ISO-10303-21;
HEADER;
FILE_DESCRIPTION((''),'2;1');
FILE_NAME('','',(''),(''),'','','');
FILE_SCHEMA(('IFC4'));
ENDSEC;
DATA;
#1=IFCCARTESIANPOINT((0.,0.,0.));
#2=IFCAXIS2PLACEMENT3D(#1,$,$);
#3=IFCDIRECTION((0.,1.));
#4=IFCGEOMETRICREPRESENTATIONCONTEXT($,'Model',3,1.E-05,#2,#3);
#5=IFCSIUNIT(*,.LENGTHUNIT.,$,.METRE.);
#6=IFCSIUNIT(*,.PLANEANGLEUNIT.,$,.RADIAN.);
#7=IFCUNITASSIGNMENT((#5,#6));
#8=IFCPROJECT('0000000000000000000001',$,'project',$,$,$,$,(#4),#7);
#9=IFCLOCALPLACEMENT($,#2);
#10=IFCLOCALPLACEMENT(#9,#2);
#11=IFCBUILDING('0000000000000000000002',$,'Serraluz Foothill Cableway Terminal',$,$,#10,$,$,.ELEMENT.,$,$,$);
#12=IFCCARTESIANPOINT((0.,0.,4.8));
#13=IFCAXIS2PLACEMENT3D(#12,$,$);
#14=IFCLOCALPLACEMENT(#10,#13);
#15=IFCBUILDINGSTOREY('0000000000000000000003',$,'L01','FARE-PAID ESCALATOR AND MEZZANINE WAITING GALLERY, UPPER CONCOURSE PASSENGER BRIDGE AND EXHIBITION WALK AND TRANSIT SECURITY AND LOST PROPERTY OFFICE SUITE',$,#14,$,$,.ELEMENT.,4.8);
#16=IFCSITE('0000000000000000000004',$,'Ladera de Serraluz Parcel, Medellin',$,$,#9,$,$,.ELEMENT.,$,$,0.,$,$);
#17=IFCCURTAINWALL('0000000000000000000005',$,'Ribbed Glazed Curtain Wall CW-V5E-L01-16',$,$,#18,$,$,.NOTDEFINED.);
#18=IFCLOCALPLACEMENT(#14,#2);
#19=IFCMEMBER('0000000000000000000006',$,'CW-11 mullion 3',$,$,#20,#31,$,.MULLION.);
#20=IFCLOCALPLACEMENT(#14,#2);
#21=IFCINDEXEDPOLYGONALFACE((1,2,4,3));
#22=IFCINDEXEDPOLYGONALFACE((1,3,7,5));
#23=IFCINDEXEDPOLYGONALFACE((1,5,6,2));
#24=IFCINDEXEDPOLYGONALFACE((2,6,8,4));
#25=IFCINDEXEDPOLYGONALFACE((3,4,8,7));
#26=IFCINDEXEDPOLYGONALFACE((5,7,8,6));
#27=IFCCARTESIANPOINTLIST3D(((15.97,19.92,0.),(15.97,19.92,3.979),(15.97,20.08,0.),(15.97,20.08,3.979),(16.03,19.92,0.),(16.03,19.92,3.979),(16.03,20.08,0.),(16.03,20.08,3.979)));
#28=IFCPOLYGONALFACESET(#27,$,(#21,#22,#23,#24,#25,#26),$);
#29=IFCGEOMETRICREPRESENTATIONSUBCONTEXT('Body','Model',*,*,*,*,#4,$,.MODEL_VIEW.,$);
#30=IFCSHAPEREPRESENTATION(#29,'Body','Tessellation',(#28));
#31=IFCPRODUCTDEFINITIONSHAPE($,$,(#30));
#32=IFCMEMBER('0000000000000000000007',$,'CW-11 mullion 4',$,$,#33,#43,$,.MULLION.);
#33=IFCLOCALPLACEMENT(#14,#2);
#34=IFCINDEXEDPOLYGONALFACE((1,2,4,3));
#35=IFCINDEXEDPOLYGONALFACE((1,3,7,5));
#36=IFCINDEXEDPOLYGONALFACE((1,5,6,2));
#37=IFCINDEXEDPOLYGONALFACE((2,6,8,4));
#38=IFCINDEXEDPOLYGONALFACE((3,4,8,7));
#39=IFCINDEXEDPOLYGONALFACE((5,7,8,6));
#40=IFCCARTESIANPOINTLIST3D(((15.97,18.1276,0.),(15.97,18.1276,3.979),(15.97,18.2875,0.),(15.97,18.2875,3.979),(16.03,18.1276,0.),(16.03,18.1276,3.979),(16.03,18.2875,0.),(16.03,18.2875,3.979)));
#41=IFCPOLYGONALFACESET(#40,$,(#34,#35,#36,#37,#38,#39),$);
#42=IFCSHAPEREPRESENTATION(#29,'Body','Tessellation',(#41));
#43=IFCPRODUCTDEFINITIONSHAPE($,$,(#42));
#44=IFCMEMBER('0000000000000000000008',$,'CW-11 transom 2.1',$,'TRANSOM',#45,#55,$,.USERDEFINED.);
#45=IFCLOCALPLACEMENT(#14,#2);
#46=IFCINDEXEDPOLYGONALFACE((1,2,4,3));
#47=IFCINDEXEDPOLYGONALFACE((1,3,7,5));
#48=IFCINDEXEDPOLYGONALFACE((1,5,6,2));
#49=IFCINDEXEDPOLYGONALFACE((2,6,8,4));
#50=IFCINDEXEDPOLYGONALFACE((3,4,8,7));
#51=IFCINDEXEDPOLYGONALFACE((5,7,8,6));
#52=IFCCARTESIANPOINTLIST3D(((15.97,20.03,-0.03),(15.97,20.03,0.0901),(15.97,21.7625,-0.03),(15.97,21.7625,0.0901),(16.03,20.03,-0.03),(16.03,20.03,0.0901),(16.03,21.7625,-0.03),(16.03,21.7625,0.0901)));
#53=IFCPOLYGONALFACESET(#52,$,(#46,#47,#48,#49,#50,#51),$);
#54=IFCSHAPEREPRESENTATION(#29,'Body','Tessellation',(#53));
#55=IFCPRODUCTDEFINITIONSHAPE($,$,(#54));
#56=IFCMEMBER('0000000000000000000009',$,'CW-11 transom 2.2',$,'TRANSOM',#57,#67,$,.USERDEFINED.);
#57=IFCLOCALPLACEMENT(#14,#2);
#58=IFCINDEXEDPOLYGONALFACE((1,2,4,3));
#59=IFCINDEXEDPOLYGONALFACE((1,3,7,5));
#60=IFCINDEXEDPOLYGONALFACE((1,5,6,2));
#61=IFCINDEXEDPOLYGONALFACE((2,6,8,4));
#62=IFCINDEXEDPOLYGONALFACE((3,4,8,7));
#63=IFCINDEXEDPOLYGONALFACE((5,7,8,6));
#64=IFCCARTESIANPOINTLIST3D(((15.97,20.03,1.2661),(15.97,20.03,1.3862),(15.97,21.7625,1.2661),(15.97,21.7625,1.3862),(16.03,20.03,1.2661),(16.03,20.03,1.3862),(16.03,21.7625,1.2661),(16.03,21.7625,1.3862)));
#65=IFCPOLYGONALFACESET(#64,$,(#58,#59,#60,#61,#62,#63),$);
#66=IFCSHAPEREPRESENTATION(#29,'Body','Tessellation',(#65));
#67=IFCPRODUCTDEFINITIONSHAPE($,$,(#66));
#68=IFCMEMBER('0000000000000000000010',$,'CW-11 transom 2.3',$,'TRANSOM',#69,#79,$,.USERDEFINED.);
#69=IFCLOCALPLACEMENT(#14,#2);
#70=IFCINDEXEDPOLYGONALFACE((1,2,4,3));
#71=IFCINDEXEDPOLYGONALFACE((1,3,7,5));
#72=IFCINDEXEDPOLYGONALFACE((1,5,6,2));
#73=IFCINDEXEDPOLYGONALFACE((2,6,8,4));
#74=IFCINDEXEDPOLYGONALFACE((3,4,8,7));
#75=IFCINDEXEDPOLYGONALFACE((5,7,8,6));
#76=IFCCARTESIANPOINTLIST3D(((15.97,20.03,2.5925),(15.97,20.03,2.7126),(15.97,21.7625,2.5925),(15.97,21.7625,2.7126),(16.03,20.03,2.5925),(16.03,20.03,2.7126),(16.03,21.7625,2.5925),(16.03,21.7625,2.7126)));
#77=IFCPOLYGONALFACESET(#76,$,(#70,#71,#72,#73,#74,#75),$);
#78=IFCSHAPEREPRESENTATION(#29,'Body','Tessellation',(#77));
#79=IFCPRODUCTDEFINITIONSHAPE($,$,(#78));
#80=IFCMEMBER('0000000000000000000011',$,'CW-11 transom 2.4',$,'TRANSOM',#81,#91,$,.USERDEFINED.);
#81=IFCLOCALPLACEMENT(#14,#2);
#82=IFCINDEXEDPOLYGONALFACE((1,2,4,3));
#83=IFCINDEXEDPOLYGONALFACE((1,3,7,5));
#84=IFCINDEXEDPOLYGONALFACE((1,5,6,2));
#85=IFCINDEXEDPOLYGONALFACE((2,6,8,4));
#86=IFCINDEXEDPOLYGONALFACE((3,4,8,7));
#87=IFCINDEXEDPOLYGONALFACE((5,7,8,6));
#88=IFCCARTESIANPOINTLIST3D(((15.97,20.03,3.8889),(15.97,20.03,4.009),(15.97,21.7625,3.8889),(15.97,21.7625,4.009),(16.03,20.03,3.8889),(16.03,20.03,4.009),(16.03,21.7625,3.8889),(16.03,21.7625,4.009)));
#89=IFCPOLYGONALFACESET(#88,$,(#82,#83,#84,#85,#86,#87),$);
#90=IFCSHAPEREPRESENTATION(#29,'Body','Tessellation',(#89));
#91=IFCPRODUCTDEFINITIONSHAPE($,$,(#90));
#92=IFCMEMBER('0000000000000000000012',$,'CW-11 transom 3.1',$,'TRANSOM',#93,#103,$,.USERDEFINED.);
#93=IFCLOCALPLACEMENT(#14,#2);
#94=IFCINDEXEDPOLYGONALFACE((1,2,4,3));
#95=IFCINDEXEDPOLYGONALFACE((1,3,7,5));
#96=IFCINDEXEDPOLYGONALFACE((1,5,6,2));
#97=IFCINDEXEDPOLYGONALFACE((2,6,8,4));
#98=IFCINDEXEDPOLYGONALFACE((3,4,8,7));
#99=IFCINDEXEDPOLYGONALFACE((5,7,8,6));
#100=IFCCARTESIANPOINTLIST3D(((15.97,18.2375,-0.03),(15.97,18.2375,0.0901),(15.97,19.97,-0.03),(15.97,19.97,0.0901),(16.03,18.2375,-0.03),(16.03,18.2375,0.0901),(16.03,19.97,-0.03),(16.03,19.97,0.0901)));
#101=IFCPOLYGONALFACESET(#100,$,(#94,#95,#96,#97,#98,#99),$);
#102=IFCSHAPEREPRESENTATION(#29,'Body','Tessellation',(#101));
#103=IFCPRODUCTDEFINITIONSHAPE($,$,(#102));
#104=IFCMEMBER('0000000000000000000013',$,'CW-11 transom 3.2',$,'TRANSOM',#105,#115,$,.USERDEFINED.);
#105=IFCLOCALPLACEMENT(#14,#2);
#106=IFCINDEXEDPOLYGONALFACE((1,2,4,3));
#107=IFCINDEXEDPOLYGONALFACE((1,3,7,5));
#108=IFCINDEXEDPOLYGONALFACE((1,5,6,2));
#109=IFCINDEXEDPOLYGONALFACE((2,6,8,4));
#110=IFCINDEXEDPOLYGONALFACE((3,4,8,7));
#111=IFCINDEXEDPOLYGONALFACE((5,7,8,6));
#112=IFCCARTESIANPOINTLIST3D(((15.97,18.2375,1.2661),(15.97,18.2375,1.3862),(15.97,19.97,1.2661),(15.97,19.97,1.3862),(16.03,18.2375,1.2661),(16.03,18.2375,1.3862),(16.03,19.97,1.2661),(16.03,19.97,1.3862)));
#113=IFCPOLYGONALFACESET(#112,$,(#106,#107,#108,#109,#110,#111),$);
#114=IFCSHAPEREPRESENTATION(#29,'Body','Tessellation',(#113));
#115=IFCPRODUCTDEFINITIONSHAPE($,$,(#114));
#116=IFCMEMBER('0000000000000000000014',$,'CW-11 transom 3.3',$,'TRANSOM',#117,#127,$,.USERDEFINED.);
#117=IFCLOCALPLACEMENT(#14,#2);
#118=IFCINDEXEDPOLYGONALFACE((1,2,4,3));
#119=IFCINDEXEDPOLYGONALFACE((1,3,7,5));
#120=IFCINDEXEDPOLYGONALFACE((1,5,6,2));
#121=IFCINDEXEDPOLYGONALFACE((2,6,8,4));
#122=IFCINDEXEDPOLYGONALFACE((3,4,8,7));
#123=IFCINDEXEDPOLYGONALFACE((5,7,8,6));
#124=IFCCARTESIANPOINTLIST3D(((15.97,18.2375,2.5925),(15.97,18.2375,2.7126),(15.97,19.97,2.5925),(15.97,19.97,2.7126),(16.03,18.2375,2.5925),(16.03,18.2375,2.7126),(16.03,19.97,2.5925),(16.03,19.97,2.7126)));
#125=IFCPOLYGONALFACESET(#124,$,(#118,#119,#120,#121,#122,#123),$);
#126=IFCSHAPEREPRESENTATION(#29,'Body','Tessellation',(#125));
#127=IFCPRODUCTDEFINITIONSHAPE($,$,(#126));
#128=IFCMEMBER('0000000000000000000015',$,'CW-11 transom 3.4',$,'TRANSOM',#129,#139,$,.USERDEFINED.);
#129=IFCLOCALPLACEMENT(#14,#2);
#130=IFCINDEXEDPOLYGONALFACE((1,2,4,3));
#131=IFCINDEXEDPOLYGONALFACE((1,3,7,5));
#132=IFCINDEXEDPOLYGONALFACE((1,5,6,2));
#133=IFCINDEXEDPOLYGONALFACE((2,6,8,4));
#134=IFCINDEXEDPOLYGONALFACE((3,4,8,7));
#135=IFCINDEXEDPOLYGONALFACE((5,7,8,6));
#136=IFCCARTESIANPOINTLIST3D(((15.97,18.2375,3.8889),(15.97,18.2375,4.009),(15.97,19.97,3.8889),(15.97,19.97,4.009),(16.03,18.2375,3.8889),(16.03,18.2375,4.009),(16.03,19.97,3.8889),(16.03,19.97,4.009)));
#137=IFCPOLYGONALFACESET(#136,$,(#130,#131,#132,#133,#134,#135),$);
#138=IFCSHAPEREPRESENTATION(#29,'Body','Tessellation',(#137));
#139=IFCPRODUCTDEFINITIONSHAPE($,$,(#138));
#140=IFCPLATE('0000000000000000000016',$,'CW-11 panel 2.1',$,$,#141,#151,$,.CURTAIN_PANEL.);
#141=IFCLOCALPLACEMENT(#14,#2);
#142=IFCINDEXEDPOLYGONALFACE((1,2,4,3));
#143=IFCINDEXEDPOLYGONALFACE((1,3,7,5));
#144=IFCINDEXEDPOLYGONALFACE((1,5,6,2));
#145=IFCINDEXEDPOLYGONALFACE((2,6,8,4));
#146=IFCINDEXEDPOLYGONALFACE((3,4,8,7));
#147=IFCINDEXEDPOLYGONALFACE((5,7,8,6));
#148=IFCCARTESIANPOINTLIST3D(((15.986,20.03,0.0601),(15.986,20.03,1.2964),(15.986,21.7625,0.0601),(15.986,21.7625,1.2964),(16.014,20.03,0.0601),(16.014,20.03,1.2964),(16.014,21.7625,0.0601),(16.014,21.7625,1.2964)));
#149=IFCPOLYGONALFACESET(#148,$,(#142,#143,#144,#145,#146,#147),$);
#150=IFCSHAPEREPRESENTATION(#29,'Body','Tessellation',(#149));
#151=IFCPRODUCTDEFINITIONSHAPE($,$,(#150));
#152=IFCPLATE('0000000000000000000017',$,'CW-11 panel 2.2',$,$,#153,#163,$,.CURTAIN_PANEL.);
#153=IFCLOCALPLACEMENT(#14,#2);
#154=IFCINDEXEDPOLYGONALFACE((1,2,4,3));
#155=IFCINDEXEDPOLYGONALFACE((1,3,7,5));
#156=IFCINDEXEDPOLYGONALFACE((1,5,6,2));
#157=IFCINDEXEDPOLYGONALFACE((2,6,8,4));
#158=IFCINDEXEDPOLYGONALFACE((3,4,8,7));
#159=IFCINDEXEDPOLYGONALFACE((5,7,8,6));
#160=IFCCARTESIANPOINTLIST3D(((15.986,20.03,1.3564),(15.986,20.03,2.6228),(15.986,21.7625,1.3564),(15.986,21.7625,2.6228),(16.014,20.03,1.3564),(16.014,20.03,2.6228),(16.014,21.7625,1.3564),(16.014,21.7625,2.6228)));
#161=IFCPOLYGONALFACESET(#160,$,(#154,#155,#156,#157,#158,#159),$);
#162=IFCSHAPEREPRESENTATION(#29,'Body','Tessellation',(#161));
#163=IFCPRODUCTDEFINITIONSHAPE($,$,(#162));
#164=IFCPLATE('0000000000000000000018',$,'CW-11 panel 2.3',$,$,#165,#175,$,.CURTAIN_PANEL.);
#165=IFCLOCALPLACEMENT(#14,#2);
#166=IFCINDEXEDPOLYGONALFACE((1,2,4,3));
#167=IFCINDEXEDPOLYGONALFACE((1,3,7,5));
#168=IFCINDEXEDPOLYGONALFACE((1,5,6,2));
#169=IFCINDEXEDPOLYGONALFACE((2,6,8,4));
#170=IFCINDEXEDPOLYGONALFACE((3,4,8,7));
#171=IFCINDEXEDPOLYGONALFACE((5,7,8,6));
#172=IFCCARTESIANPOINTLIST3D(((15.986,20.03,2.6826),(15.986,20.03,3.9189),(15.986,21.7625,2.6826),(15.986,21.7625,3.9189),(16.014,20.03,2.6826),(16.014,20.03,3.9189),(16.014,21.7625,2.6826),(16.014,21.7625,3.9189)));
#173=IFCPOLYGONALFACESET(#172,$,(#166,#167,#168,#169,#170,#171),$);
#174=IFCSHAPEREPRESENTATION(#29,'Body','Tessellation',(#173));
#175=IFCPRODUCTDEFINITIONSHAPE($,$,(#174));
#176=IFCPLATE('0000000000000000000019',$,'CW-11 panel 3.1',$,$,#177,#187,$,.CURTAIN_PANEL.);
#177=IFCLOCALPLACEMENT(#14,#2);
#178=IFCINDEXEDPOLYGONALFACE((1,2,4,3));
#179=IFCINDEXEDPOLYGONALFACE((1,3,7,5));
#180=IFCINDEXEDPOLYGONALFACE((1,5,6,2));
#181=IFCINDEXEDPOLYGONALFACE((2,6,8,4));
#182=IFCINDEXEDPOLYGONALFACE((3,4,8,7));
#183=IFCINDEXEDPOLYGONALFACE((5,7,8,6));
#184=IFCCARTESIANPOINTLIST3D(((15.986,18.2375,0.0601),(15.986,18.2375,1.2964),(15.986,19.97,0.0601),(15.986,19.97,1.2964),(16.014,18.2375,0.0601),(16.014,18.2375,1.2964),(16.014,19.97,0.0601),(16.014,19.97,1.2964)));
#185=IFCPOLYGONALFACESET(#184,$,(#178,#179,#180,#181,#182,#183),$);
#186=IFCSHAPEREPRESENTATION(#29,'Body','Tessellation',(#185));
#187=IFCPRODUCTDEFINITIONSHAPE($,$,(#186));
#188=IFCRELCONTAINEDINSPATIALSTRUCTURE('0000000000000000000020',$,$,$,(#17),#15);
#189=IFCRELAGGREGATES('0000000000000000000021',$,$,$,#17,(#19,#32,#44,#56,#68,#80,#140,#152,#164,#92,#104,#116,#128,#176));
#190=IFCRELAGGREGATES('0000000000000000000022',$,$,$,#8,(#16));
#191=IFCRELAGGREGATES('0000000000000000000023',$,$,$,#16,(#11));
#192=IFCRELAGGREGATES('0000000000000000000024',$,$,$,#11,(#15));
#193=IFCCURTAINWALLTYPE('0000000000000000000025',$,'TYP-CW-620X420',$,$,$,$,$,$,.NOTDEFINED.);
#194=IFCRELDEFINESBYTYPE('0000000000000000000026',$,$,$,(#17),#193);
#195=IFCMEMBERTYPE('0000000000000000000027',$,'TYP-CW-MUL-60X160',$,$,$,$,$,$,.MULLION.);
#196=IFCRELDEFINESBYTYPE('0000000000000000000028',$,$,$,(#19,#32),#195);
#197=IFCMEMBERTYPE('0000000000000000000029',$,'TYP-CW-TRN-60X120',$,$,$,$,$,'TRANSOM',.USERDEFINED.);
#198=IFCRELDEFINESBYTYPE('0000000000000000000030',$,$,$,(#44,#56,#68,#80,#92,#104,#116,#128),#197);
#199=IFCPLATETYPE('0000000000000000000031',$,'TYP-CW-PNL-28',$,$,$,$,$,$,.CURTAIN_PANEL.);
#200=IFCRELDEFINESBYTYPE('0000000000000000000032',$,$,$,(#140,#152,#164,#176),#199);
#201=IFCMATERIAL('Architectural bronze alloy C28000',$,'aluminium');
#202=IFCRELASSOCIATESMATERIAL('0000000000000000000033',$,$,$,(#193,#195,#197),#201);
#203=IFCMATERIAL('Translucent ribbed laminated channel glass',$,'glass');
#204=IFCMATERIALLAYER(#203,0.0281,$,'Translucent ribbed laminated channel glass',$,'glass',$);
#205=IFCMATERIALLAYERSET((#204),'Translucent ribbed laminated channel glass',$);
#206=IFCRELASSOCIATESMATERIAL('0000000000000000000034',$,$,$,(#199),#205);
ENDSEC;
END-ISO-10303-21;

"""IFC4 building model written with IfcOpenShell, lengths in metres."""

from ifc_helpers import new_model, si_unit, direction, frame, origin, origin_2d, place, context, subcontext, project, spatial, rectangle, extrude, material, layer, layer_set, material_profile, profile_set, type_object, element, aggregate, save


model = new_model("IFC4")

# Units and contexts
model_context = context("Model", 3, precision=1e-05, world=origin(), true_north=direction((0.0, 1.0)))
body_context = subcontext(model_context, "Body", "Model", "MODEL_VIEW")
ifc_project = project(units=[si_unit("LENGTHUNIT", "METRE"), si_unit("PLANEANGLEUNIT", "RADIAN")], contexts=[model_context])

# Site, building, storey
site_placement = place(None, origin())
site = spatial("IfcSite", under=ifc_project, at=site_placement, Name="Ladera de Serraluz Parcel, Medellin", CompositionType="ELEMENT", RefElevation=0.0)
building_placement = place(site_placement, origin())
building = spatial("IfcBuilding", under=site, at=building_placement, Name="Serraluz Foothill Cableway Terminal", CompositionType="ELEMENT")
storey_placement = place(building_placement, frame((0.0, 0.0, 4.8)))
storey = spatial("IfcBuildingStorey", under=building, at=storey_placement, Name="L01", Description="FARE-PAID ESCALATOR AND MEZZANINE WAITING GALLERY, UPPER CONCOURSE PASSENGER BRIDGE AND EXHIBITION WALK AND TRANSIT SECURITY AND LOST PROPERTY OFFICE SUITE", CompositionType="ELEMENT", Elevation=4.8)

# Curtain wall, members, plates
ifc_material_1 = material(Name="Architectural bronze alloy C28000", Category="aluminium")
curtain_wall_type = type_object("IfcCurtainWallType", Name="TYP-CW-620X420", PredefinedType="NOTDEFINED", material=ifc_material_1)
curtain_wall_placement = place(storey_placement, origin())
curtain_wall = element("IfcCurtainWall", 1, at=curtain_wall_placement, inside=storey, type_object=curtain_wall_type, Name="Ribbed Glazed Curtain Wall CW-V5E-L01-16", PredefinedType="NOTDEFINED")
ifc_material_profile_1 = material_profile(ifc_material_1, rectangle(XDim=0.0601, YDim=0.1599, at=origin_2d()), Name="ALU MULLION 60x160")
ifc_profile_set_1 = profile_set([ifc_material_profile_1], Name="Architectural bronze alloy C28000")
member_type_1 = type_object("IfcMemberType", Name="TYP-CW-MUL-60X160", PredefinedType="MULLION", material=ifc_profile_set_1)
member_1_placement = place(storey_placement, frame((16.0, 20.0, 0.0), z_axis=(0.0, 0.0, 1.0), x_axis=(1.0, 0.0, 0.0)))
member_1 = element("IfcMember", 2, at=member_1_placement, type_object=member_type_1, Name="CW-11 mullion 3", PredefinedType="MULLION", context=body_context, shape_type="SweptSolid", body=[
    extrude(rectangle(XDim=0.0601, YDim=0.1599, at=origin_2d()), origin(), (0.0, 0.0, 1.0), 3.979),
])
member_2_placement = place(storey_placement, frame((16.0, 18.2075, 0.0), z_axis=(0.0, 0.0, 1.0), x_axis=(1.0, 0.0, 0.0)))
member_2 = element("IfcMember", 3, at=member_2_placement, type_object=member_type_1, Name="CW-11 mullion 4", PredefinedType="MULLION", context=body_context, shape_type="SweptSolid", body=[
    extrude(rectangle(XDim=0.0601, YDim=0.1599, at=origin_2d()), origin(), (0.0, 0.0, 1.0), 3.979),
])
ifc_material_profile_2 = material_profile(ifc_material_1, rectangle(XDim=0.0601, YDim=0.1201, at=origin_2d()), Name="ALU TRANSOM 60x120")
ifc_profile_set_2 = profile_set([ifc_material_profile_2], Name="Architectural bronze alloy C28000")
member_type_2 = type_object("IfcMemberType", Name="TYP-CW-TRN-60X120", ElementType="TRANSOM", PredefinedType="USERDEFINED", material=ifc_profile_set_2)
member_3_placement = place(storey_placement, frame((16.0, 21.7625, 0.03), z_axis=(0.0, -1.0, 0.0), x_axis=(1.0, 0.0, 0.0)))
member_3 = element("IfcMember", 4, at=member_3_placement, type_object=member_type_2, Name="CW-11 transom 2.1", ObjectType="TRANSOM", PredefinedType="USERDEFINED", context=body_context, shape_type="SweptSolid", body=[
    extrude(rectangle(XDim=0.0601, YDim=0.1201, at=origin_2d()), origin(), (0.0, 0.0, 1.0), 1.7324),
])
member_4_placement = place(storey_placement, frame((16.0, 21.7625, 1.3262), z_axis=(0.0, -1.0, 0.0), x_axis=(1.0, 0.0, 0.0)))
member_4 = element("IfcMember", 5, at=member_4_placement, type_object=member_type_2, Name="CW-11 transom 2.2", ObjectType="TRANSOM", PredefinedType="USERDEFINED", context=body_context, shape_type="SweptSolid", body=[
    extrude(rectangle(XDim=0.0601, YDim=0.1201, at=origin_2d()), origin(), (0.0, 0.0, 1.0), 1.7324),
])
member_5_placement = place(storey_placement, frame((16.0, 21.7625, 2.6526), z_axis=(0.0, -1.0, 0.0), x_axis=(1.0, 0.0, 0.0)))
member_5 = element("IfcMember", 6, at=member_5_placement, type_object=member_type_2, Name="CW-11 transom 2.3", ObjectType="TRANSOM", PredefinedType="USERDEFINED", context=body_context, shape_type="SweptSolid", body=[
    extrude(rectangle(XDim=0.0601, YDim=0.1201, at=origin_2d()), origin(), (0.0, 0.0, 1.0), 1.7324),
])
member_6_placement = place(storey_placement, frame((16.0, 21.7625, 3.949), z_axis=(0.0, -1.0, 0.0), x_axis=(1.0, 0.0, 0.0)))
member_6 = element("IfcMember", 7, at=member_6_placement, type_object=member_type_2, Name="CW-11 transom 2.4", ObjectType="TRANSOM", PredefinedType="USERDEFINED", context=body_context, shape_type="SweptSolid", body=[
    extrude(rectangle(XDim=0.0601, YDim=0.1201, at=origin_2d()), origin(), (0.0, 0.0, 1.0), 1.7324),
])
member_7_placement = place(storey_placement, frame((16.0, 19.97, 0.03), z_axis=(0.0, -1.0, 0.0), x_axis=(1.0, 0.0, 0.0)))
member_7 = element("IfcMember", 8, at=member_7_placement, type_object=member_type_2, Name="CW-11 transom 3.1", ObjectType="TRANSOM", PredefinedType="USERDEFINED", context=body_context, shape_type="SweptSolid", body=[
    extrude(rectangle(XDim=0.0601, YDim=0.1201, at=origin_2d()), origin(), (0.0, 0.0, 1.0), 1.7324),
])
member_8_placement = place(storey_placement, frame((16.0, 19.97, 1.3262), z_axis=(0.0, -1.0, 0.0), x_axis=(1.0, 0.0, 0.0)))
member_8 = element("IfcMember", 9, at=member_8_placement, type_object=member_type_2, Name="CW-11 transom 3.2", ObjectType="TRANSOM", PredefinedType="USERDEFINED", context=body_context, shape_type="SweptSolid", body=[
    extrude(rectangle(XDim=0.0601, YDim=0.1201, at=origin_2d()), origin(), (0.0, 0.0, 1.0), 1.7324),
])
member_9_placement = place(storey_placement, frame((16.0, 19.97, 2.6526), z_axis=(0.0, -1.0, 0.0), x_axis=(1.0, 0.0, 0.0)))
member_9 = element("IfcMember", 10, at=member_9_placement, type_object=member_type_2, Name="CW-11 transom 3.3", ObjectType="TRANSOM", PredefinedType="USERDEFINED", context=body_context, shape_type="SweptSolid", body=[
    extrude(rectangle(XDim=0.0601, YDim=0.1201, at=origin_2d()), origin(), (0.0, 0.0, 1.0), 1.7324),
])
member_10_placement = place(storey_placement, frame((16.0, 19.97, 3.949), z_axis=(0.0, -1.0, 0.0), x_axis=(1.0, 0.0, 0.0)))
member_10 = element("IfcMember", 11, at=member_10_placement, type_object=member_type_2, Name="CW-11 transom 3.4", ObjectType="TRANSOM", PredefinedType="USERDEFINED", context=body_context, shape_type="SweptSolid", body=[
    extrude(rectangle(XDim=0.0601, YDim=0.1201, at=origin_2d()), origin(), (0.0, 0.0, 1.0), 1.7324),
])
ifc_material_2 = material(Name="Translucent ribbed laminated channel glass", Category="glass")
ifc_layer = layer(ifc_material_2, 0.0281, Name="Translucent ribbed laminated channel glass", Category="glass")
ifc_layer_set = layer_set([ifc_layer], Name="Translucent ribbed laminated channel glass")
plate_type = type_object("IfcPlateType", Name="TYP-CW-PNL-28", PredefinedType="CURTAIN_PANEL", material=ifc_layer_set)
plate_1_placement = place(storey_placement, frame((16.0, 20.8962, 0.0601), z_axis=(0.0, 0.0, 1.0), x_axis=(0.0, -1.0, 0.0)))
plate_1 = element("IfcPlate", 12, at=plate_1_placement, type_object=plate_type, Name="CW-11 panel 2.1", PredefinedType="CURTAIN_PANEL", context=body_context, shape_type="SweptSolid", body=[
    extrude(rectangle(XDim=1.7324, YDim=0.0281, at=origin_2d()), origin(), (0.0, 0.0, 1.0), 1.2363),
])
plate_2_placement = place(storey_placement, frame((16.0, 20.8962, 1.3564), z_axis=(0.0, 0.0, 1.0), x_axis=(0.0, -1.0, 0.0)))
plate_2 = element("IfcPlate", 13, at=plate_2_placement, type_object=plate_type, Name="CW-11 panel 2.2", PredefinedType="CURTAIN_PANEL", context=body_context, shape_type="SweptSolid", body=[
    extrude(rectangle(XDim=1.7324, YDim=0.0281, at=origin_2d()), origin(), (0.0, 0.0, 1.0), 1.2664),
])
plate_3_placement = place(storey_placement, frame((16.0, 20.8962, 2.6826), z_axis=(0.0, 0.0, 1.0), x_axis=(0.0, -1.0, 0.0)))
plate_3 = element("IfcPlate", 14, at=plate_3_placement, type_object=plate_type, Name="CW-11 panel 2.3", PredefinedType="CURTAIN_PANEL", context=body_context, shape_type="SweptSolid", body=[
    extrude(rectangle(XDim=1.7324, YDim=0.0281, at=origin_2d()), origin(), (0.0, 0.0, 1.0), 1.2363),
])
plate_4_placement = place(storey_placement, frame((16.0, 19.1038, 0.0601), z_axis=(0.0, 0.0, 1.0), x_axis=(0.0, -1.0, 0.0)))
plate_4 = element("IfcPlate", 15, at=plate_4_placement, type_object=plate_type, Name="CW-11 panel 3.1", PredefinedType="CURTAIN_PANEL", context=body_context, shape_type="SweptSolid", body=[
    extrude(rectangle(XDim=1.7324, YDim=0.0281, at=origin_2d()), origin(), (0.0, 0.0, 1.0), 1.2363),
])
aggregate(curtain_wall, [member_1, member_2, member_3, member_4, member_5, member_6, plate_1, plate_2, plate_3, member_7, member_8, member_9, member_10, plate_4])

save(model, "model.ifc")
